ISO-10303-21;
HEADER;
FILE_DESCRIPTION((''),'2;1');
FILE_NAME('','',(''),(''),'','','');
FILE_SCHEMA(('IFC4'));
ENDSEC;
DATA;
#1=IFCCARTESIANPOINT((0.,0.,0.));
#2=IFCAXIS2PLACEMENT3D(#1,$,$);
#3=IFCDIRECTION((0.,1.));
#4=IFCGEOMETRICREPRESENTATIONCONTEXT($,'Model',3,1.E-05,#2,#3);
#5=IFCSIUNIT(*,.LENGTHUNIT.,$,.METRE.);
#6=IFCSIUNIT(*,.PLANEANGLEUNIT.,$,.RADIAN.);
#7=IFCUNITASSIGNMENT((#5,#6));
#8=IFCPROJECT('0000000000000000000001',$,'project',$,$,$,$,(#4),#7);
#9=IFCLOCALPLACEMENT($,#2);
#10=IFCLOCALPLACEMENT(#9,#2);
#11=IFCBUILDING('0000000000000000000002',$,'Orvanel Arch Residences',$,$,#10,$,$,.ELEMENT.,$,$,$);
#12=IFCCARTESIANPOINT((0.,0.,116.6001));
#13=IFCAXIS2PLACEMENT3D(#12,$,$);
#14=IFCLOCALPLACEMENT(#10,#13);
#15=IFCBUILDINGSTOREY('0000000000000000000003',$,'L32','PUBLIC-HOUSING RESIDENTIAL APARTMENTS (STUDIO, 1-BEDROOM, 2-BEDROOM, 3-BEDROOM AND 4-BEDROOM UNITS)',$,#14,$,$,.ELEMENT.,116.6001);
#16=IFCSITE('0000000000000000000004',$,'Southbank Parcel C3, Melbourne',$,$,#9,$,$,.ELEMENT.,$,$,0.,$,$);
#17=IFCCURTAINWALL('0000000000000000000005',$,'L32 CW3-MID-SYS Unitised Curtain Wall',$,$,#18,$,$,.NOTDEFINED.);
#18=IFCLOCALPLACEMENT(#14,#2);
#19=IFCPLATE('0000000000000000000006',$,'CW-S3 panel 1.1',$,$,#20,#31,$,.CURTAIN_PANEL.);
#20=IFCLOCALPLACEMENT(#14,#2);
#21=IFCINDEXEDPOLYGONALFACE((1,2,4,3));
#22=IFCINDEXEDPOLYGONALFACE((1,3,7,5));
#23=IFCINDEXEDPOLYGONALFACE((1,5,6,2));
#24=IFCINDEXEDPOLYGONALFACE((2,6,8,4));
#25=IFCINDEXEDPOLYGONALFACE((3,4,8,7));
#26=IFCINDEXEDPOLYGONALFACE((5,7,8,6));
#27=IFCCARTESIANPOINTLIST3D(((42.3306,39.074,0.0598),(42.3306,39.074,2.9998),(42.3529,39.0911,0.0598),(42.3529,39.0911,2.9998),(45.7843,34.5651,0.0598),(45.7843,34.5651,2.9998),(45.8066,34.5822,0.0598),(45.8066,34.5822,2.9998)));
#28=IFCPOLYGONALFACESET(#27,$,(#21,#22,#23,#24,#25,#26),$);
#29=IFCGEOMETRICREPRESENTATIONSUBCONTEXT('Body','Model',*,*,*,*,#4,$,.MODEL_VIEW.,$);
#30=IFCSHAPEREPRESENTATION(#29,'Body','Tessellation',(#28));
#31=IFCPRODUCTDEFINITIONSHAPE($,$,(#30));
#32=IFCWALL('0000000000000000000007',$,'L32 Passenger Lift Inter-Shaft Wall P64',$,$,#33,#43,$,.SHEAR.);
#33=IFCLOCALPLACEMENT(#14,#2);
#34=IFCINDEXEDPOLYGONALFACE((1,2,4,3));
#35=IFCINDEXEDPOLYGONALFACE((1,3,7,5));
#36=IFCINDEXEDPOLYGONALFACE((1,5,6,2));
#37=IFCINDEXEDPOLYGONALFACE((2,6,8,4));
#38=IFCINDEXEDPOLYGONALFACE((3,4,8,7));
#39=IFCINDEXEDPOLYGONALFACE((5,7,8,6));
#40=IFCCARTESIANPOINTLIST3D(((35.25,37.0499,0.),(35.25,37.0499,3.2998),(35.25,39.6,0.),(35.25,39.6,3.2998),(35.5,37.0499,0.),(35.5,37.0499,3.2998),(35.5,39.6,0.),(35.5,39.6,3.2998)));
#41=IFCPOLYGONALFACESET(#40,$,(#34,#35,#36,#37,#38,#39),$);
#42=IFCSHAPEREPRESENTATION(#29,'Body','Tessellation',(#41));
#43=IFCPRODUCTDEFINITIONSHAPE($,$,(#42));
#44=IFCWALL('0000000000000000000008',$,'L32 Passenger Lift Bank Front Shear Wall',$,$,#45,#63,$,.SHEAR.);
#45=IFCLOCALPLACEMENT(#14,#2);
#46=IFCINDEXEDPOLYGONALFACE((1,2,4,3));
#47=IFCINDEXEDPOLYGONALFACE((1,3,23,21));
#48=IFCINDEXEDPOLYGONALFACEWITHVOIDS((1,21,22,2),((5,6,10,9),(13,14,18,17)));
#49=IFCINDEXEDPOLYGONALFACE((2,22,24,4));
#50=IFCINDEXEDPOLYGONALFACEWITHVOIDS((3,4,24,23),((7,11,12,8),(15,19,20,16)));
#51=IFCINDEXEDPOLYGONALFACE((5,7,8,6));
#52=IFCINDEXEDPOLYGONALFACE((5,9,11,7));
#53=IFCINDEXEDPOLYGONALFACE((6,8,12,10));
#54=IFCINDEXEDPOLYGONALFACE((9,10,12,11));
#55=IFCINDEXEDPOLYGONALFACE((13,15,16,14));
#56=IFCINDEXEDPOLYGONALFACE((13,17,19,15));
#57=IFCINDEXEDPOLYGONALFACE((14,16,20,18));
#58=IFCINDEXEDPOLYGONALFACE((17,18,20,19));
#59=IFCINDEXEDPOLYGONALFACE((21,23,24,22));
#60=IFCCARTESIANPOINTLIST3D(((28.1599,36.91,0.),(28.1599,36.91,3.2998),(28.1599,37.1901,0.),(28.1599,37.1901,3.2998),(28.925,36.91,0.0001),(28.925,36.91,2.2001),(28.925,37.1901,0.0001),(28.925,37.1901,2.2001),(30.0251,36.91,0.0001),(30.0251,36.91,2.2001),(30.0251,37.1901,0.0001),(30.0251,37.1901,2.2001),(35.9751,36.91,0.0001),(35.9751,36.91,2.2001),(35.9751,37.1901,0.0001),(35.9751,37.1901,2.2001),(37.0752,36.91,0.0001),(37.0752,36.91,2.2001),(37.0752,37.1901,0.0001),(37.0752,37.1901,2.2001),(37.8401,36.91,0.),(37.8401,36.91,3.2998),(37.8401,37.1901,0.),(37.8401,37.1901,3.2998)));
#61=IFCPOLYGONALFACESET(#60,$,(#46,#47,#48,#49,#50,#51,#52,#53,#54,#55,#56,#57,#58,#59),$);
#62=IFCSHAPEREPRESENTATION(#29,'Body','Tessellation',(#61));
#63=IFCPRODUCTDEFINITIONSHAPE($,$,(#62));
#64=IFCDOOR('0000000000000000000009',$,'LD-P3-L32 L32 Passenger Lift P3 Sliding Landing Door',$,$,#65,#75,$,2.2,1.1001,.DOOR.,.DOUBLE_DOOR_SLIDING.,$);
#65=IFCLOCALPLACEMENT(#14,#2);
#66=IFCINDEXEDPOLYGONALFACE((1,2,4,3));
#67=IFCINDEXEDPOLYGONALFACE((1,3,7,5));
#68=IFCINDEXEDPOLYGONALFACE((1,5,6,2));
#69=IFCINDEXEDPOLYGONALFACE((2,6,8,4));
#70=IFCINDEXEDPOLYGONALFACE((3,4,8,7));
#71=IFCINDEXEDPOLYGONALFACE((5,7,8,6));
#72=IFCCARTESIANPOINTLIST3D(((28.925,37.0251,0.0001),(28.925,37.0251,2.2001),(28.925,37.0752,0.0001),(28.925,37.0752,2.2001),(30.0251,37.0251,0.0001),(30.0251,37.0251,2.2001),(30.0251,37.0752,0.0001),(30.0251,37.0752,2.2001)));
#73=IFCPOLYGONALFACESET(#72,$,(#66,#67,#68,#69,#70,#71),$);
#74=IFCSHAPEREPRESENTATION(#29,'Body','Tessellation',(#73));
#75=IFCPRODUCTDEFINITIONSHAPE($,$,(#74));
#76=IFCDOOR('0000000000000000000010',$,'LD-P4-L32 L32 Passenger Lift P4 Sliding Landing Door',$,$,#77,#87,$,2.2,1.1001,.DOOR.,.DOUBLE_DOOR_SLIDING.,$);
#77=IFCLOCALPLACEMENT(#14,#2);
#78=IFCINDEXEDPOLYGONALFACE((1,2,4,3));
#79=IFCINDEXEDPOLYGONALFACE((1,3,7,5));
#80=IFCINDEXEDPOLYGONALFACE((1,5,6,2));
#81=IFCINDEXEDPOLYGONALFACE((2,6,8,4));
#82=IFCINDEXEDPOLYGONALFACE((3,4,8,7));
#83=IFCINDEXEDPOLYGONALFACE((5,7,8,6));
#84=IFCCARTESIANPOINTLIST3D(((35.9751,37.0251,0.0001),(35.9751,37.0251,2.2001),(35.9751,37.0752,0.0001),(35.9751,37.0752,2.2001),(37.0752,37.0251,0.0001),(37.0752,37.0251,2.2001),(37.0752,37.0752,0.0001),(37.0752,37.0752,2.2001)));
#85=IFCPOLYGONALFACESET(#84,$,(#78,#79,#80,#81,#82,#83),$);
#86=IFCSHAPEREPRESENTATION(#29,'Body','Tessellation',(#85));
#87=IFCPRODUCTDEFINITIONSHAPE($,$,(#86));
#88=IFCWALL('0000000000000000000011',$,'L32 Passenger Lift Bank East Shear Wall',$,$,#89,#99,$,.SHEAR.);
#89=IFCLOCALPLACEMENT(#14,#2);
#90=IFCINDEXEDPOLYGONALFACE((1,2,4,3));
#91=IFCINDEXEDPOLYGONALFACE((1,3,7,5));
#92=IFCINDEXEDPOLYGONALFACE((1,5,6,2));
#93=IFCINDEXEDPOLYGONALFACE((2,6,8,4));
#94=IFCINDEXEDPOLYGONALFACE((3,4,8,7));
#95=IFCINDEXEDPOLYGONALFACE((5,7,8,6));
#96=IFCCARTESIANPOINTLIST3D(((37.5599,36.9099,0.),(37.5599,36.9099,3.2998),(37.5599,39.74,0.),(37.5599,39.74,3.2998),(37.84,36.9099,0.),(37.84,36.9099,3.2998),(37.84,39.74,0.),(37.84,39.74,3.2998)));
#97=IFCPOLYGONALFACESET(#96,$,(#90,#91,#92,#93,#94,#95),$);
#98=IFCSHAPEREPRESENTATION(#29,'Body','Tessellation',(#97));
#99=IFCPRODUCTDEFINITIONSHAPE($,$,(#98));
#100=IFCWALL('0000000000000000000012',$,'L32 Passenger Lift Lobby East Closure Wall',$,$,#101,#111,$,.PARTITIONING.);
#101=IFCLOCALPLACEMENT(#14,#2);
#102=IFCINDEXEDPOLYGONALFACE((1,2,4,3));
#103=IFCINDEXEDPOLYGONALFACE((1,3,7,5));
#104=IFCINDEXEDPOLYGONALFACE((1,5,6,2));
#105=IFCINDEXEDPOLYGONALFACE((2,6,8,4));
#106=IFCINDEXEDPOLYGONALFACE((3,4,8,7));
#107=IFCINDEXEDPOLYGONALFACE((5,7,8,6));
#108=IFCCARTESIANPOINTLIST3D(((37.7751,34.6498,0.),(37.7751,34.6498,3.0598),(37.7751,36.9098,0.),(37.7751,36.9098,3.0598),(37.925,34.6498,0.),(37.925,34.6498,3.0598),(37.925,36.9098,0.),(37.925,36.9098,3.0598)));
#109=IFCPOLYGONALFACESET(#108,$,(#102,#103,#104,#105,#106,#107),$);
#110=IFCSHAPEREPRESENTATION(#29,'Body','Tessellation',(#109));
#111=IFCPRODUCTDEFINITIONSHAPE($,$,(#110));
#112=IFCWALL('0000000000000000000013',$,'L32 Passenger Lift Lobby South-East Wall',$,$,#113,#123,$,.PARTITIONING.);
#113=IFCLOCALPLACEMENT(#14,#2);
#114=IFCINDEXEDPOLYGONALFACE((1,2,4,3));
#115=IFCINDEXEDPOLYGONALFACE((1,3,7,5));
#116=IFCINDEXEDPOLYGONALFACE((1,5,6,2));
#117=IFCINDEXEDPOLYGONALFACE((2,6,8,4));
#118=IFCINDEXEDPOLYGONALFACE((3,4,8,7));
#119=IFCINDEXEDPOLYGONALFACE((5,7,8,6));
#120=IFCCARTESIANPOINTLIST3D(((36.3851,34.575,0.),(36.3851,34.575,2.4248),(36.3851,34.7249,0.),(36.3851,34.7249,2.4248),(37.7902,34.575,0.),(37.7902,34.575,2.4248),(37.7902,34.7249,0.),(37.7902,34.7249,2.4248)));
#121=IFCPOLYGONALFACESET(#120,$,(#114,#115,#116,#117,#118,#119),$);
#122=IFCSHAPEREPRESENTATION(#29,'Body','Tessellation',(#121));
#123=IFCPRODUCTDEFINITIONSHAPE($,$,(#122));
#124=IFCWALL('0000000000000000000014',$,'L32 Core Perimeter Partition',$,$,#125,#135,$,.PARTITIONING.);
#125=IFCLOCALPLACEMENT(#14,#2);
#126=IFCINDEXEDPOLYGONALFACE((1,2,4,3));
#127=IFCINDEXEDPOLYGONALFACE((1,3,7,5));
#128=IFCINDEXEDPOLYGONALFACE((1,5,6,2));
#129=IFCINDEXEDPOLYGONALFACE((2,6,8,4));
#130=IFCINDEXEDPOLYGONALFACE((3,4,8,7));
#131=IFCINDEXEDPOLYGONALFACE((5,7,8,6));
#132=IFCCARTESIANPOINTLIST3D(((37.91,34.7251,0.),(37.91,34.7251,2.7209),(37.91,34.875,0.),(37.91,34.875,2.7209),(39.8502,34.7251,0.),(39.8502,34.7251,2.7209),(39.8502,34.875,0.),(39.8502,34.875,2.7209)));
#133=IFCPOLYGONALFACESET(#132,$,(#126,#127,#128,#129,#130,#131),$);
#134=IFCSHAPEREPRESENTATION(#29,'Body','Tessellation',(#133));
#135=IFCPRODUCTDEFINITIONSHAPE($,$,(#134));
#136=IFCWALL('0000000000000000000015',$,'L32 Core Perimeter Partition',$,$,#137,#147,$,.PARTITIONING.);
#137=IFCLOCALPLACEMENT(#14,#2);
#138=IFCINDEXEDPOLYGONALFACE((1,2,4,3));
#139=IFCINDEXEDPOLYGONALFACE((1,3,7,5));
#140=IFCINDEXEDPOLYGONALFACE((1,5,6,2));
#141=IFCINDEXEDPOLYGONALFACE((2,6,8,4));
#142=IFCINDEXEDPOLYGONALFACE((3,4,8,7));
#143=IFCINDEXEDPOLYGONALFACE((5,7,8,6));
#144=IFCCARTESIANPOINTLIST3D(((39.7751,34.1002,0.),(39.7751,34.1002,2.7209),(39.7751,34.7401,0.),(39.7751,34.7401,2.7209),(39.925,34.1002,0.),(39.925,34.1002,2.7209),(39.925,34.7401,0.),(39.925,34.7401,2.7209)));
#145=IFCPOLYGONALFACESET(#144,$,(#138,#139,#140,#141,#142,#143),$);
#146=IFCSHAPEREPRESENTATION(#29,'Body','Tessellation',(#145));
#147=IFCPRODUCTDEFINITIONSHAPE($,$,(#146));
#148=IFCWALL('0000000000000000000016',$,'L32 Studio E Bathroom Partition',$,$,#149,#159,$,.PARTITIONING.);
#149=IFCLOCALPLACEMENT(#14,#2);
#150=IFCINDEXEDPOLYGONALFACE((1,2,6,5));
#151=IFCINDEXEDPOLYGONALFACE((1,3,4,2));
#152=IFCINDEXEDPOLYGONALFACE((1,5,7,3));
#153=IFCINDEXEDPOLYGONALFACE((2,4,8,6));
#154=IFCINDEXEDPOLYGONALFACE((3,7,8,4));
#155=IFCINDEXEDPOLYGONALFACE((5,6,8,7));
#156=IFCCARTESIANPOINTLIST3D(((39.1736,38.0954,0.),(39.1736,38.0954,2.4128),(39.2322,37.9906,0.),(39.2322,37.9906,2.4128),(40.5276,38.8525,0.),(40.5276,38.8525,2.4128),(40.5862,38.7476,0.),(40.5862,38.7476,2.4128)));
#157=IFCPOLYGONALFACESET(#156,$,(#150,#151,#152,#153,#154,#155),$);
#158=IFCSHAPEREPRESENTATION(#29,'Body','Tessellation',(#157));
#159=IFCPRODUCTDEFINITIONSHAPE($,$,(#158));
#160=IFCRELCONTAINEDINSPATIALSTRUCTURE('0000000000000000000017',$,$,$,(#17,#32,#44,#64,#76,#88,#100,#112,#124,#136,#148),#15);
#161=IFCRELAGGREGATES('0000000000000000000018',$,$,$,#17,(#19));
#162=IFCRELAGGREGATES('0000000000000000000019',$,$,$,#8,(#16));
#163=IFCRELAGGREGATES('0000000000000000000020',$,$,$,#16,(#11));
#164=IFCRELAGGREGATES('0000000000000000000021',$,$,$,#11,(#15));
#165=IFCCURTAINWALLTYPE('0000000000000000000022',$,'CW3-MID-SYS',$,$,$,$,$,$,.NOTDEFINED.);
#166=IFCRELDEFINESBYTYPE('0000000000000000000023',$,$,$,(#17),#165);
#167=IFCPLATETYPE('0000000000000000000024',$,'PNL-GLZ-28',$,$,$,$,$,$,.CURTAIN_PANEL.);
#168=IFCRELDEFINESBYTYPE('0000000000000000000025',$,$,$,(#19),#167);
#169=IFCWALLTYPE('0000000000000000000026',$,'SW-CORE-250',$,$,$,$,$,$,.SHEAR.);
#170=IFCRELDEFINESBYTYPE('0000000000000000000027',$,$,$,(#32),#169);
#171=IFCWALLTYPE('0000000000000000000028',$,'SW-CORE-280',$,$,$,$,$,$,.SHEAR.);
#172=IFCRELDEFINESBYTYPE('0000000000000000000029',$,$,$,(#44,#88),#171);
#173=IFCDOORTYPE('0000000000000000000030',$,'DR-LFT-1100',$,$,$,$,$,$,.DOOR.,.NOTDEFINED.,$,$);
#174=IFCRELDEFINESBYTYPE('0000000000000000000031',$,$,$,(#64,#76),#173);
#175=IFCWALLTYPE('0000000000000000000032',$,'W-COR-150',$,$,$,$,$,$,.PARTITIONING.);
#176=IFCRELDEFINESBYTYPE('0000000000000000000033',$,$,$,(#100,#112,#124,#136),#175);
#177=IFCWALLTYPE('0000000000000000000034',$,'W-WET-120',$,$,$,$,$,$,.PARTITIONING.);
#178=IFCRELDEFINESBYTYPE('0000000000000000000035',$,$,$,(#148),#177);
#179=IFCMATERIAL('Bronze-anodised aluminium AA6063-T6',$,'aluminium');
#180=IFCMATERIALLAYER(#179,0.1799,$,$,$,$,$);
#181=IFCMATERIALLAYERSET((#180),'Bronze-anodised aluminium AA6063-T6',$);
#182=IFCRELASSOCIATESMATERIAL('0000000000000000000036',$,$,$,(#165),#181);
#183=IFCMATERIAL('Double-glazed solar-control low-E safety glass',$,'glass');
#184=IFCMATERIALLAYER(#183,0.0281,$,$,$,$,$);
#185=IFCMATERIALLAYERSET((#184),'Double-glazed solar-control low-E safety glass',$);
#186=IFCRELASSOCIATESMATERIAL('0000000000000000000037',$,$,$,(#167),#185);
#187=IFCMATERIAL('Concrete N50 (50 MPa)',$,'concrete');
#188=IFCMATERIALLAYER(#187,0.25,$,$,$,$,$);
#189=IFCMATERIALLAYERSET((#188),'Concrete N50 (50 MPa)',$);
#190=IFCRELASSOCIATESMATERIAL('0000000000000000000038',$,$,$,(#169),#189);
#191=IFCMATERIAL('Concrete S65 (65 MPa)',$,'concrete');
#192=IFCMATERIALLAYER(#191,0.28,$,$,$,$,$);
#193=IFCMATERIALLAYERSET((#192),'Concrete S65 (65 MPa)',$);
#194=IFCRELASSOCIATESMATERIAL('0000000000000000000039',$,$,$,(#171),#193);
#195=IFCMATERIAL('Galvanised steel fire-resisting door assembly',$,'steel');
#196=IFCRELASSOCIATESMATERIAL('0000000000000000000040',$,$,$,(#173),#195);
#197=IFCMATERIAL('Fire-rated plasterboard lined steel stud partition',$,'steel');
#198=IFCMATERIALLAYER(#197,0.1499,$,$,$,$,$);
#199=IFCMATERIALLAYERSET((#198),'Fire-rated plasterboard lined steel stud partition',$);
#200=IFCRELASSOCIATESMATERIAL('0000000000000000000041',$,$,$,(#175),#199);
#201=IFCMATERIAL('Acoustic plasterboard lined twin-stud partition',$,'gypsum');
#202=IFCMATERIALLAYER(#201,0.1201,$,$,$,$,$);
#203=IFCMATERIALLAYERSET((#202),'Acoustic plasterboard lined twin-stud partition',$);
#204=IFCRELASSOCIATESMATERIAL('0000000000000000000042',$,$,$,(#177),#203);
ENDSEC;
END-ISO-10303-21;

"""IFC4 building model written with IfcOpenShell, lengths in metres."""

from ifc_helpers import new_model, si_unit, direction, frame, frame_2d, origin, origin_2d, place, context, subcontext, project, spatial, rectangle, extrude, material, layer, layer_set, type_object, element, fill, aggregate, save


model = new_model("IFC4")

# Units and contexts
model_context = context("Model", 3, precision=1e-05, world=origin(), true_north=direction((0.0, 1.0)))
body_context = subcontext(model_context, "Body", "Model", "MODEL_VIEW")
ifc_project = project(units=[si_unit("LENGTHUNIT", "METRE"), si_unit("PLANEANGLEUNIT", "RADIAN")], contexts=[model_context])

# Site, building, storey
site_placement = place(None, origin())
site = spatial("IfcSite", under=ifc_project, at=site_placement, Name="Southbank Parcel C3, Melbourne", CompositionType="ELEMENT", RefElevation=0.0)
building_placement = place(site_placement, origin())
building = spatial("IfcBuilding", under=site, at=building_placement, Name="Orvanel Arch Residences", CompositionType="ELEMENT")
storey_placement = place(building_placement, frame((0.0, 0.0, 116.6001)))
storey = spatial("IfcBuildingStorey", under=building, at=storey_placement, Name="L32", Description="PUBLIC-HOUSING RESIDENTIAL APARTMENTS (STUDIO, 1-BEDROOM, 2-BEDROOM, 3-BEDROOM AND 4-BEDROOM UNITS)", CompositionType="ELEMENT", Elevation=116.6001)

# Shared definitions
ifc_material_1 = material(Name="Concrete S65 (65 MPa)", Category="concrete")

# Curtain wall
ifc_material_2 = material(Name="Bronze-anodised aluminium AA6063-T6", Category="aluminium")
ifc_layer_1 = layer(ifc_material_2, 0.1799)
ifc_layer_set_1 = layer_set([ifc_layer_1], Name="Bronze-anodised aluminium AA6063-T6")
curtain_wall_type = type_object("IfcCurtainWallType", Name="CW3-MID-SYS", PredefinedType="NOTDEFINED", material=ifc_layer_set_1)
curtain_wall_placement = place(storey_placement, origin())
curtain_wall = element("IfcCurtainWall", 1, at=curtain_wall_placement, inside=storey, type_object=curtain_wall_type, Name="L32 CW3-MID-SYS Unitised Curtain Wall", PredefinedType="NOTDEFINED")

# Plate
ifc_material_3 = material(Name="Double-glazed solar-control low-E safety glass", Category="glass")
ifc_layer_2 = layer(ifc_material_3, 0.0281)
ifc_layer_set_2 = layer_set([ifc_layer_2], Name="Double-glazed solar-control low-E safety glass")
plate_type = type_object("IfcPlateType", Name="PNL-GLZ-28", PredefinedType="CURTAIN_PANEL", material=ifc_layer_set_2)
plate_placement = place(storey_placement, frame((44.0686, 36.8281, 0.0598), z_axis=(0.0, 0.0, 1.0), x_axis=(-0.608092, 0.793867, 0.0)))
plate = element("IfcPlate", 2, at=plate_placement, type_object=plate_type, Name="CW-S3 panel 1.1", PredefinedType="CURTAIN_PANEL", context=body_context, shape_type="SweptSolid", body=[
    extrude(rectangle(XDim=5.6797, YDim=0.0281, at=origin_2d()), origin(), (0.0, 0.0, 1.0), 2.9399),
])
aggregate(curtain_wall, [plate])

# Wall
ifc_material_4 = material(Name="Concrete N50 (50 MPa)", Category="concrete")
ifc_layer_3 = layer(ifc_material_4, 0.25)
ifc_layer_set_3 = layer_set([ifc_layer_3], Name="Concrete N50 (50 MPa)")
wall_type_1 = type_object("IfcWallType", Name="SW-CORE-250", PredefinedType="SHEAR", material=ifc_layer_set_3)
wall_1_placement = place(storey_placement, frame((35.375, 37.05, 0.0), z_axis=(0.0, 0.0, 1.0), x_axis=(0.0, 1.0, 0.0)))
element("IfcWall", 3, at=wall_1_placement, inside=storey, type_object=wall_type_1, Name="L32 Passenger Lift Inter-Shaft Wall P64", PredefinedType="SHEAR", context=body_context, shape_type="SweptSolid", body=[
    extrude(rectangle(XDim=2.55, YDim=0.25, at=frame_2d((1.2749, 0.0))), origin(), (0.0, 0.0, 1.0), 3.2998),
])

# Wall, openings, doors
ifc_layer_4 = layer(ifc_material_1, 0.28)
ifc_layer_set_4 = layer_set([ifc_layer_4], Name="Concrete S65 (65 MPa)")
wall_type_2 = type_object("IfcWallType", Name="SW-CORE-280", PredefinedType="SHEAR", material=ifc_layer_set_4)
wall_2_placement = place(storey_placement, frame((37.8401, 37.05, 0.0), z_axis=(0.0, 0.0, 1.0), x_axis=(-1.0, 0.0, 0.0)))
wall_2 = element("IfcWall", 4, at=wall_2_placement, inside=storey, type_object=wall_type_2, Name="L32 Passenger Lift Bank Front Shear Wall", PredefinedType="SHEAR", context=body_context, shape_type="SweptSolid", body=[
    extrude(rectangle(XDim=9.6802, YDim=0.28, at=frame_2d((4.8401, 0.0))), origin(), (0.0, 0.0, 1.0), 3.2998),
])
opening_1_placement = place(wall_2_placement, frame((7.8149, 0.0, 0.0)))
opening_1 = element("IfcOpeningElement", 5, at=opening_1_placement, cuts=wall_2, PredefinedType="OPENING", context=body_context, shape_type="SweptSolid", body=[
    extrude(rectangle(XDim=1.1001, YDim=2.2, at=frame_2d((0.55, 1.1001))), frame((0.0, 0.1499, 0.0), z_axis=(0.0, -1.0, 0.0), x_axis=(1.0, 0.0, 0.0)), (0.0, 0.0, 1.0), 0.3),
])
opening_2_placement = place(wall_2_placement, frame((0.7649, 0.0, 0.0)))
opening_2 = element("IfcOpeningElement", 6, at=opening_2_placement, cuts=wall_2, PredefinedType="OPENING", context=body_context, shape_type="SweptSolid", body=[
    extrude(rectangle(XDim=1.1001, YDim=2.2, at=frame_2d((0.55, 1.1001))), frame((0.0, 0.1499, 0.0), z_axis=(0.0, -1.0, 0.0), x_axis=(1.0, 0.0, 0.0)), (0.0, 0.0, 1.0), 0.3),
])
ifc_material_5 = material(Name="Galvanised steel fire-resisting door assembly", Category="steel")
door_type_1 = type_object("IfcDoorType", Name="DR-LFT-1100", OperationType="NOTDEFINED", PredefinedType="DOOR", material=ifc_material_5)
door_1_placement = place(opening_1_placement, origin())
door_1 = element("IfcDoor", 7, at=door_1_placement, inside=storey, type_object=door_type_1, Name="LD-P3-L32 L32 Passenger Lift P3 Sliding Landing Door", OperationType="DOUBLE_DOOR_SLIDING", OverallHeight=2.2, OverallWidth=1.1001, PredefinedType="DOOR", context=body_context, shape_type="SweptSolid", body=[
    extrude(rectangle(XDim=1.1001, YDim=2.2, at=frame_2d((0.55, 1.1001))), frame((0.0, 0.0249, 0.0), z_axis=(0.0, -1.0, 0.0), x_axis=(1.0, 0.0, 0.0)), (0.0, 0.0, 1.0), 0.05),
])
fill(opening_1, door_1)
door_2_placement = place(opening_2_placement, origin())
door_2 = element("IfcDoor", 8, at=door_2_placement, inside=storey, type_object=door_type_1, Name="LD-P4-L32 L32 Passenger Lift P4 Sliding Landing Door", OperationType="DOUBLE_DOOR_SLIDING", OverallHeight=2.2, OverallWidth=1.1001, PredefinedType="DOOR", context=body_context, shape_type="SweptSolid", body=[
    extrude(rectangle(XDim=1.1001, YDim=2.2, at=frame_2d((0.55, 1.1001))), frame((0.0, 0.0249, 0.0), z_axis=(0.0, -1.0, 0.0), x_axis=(1.0, 0.0, 0.0)), (0.0, 0.0, 1.0), 0.05),
])
fill(opening_2, door_2)

# Walls
wall_3_placement = place(storey_placement, frame((37.7, 36.9099, 0.0), z_axis=(0.0, 0.0, 1.0), x_axis=(0.0, 1.0, 0.0)))
element("IfcWall", 9, at=wall_3_placement, inside=storey, type_object=wall_type_2, Name="L32 Passenger Lift Bank East Shear Wall", PredefinedType="SHEAR", context=body_context, shape_type="SweptSolid", body=[
    extrude(rectangle(XDim=2.8301, YDim=0.28, at=frame_2d((1.415, 0.0))), origin(), (0.0, 0.0, 1.0), 3.2998),
])
ifc_material_6 = material(Name="Fire-rated plasterboard lined steel stud partition", Category="steel")
ifc_layer_5 = layer(ifc_material_6, 0.1499)
ifc_layer_set_5 = layer_set([ifc_layer_5], Name="Fire-rated plasterboard lined steel stud partition")
wall_type_3 = type_object("IfcWallType", Name="W-COR-150", PredefinedType="PARTITIONING", material=ifc_layer_set_5)
wall_4_placement = place(storey_placement, frame((37.8501, 34.6499, 0.0), z_axis=(0.0, 0.0, 1.0), x_axis=(0.0, 1.0, 0.0)))
element("IfcWall", 10, at=wall_4_placement, inside=storey, type_object=wall_type_3, Name="L32 Passenger Lift Lobby East Closure Wall", PredefinedType="PARTITIONING", context=body_context, shape_type="SweptSolid", body=[
    extrude(rectangle(XDim=2.26, YDim=0.1499, at=frame_2d((1.1299, 0.0))), origin(), (0.0, 0.0, 1.0), 3.0598),
])
wall_5_placement = place(storey_placement, frame((36.385, 34.6499, 0.0), z_axis=(0.0, 0.0, 1.0), x_axis=(1.0, 0.0, 0.0)))
element("IfcWall", 11, at=wall_5_placement, inside=storey, type_object=wall_type_3, Name="L32 Passenger Lift Lobby South-East Wall", PredefinedType="PARTITIONING", context=body_context, shape_type="SweptSolid", body=[
    extrude(rectangle(XDim=1.405, YDim=0.1499, at=frame_2d((0.7026, 0.0))), origin(), (0.0, 0.0, 1.0), 2.4248),
])
wall_6_placement = place(storey_placement, frame((37.9099, 34.8, 0.0), z_axis=(0.0, 0.0, 1.0), x_axis=(1.0, 0.0, 0.0)))
element("IfcWall", 12, at=wall_6_placement, inside=storey, type_object=wall_type_3, Name="L32 Core Perimeter Partition", PredefinedType="PARTITIONING", context=body_context, shape_type="SweptSolid", body=[
    extrude(rectangle(XDim=1.9402, YDim=0.1499, at=frame_2d((0.9702, 0.0))), origin(), (0.0, 0.0, 1.0), 2.7209),
])
wall_7_placement = place(storey_placement, frame((39.8501, 34.74, 0.0), z_axis=(0.0, 0.0, 1.0), x_axis=(0.0, -1.0, 0.0)))
element("IfcWall", 13, at=wall_7_placement, inside=storey, type_object=wall_type_3, Name="L32 Core Perimeter Partition", PredefinedType="PARTITIONING", context=body_context, shape_type="SweptSolid", body=[
    extrude(rectangle(XDim=0.6399, YDim=0.1499, at=frame_2d((0.3198, 0.0))), origin(), (0.0, 0.0, 1.0), 2.7209),
])
ifc_material_7 = material(Name="Acoustic plasterboard lined twin-stud partition", Category="gypsum")
ifc_layer_6 = layer(ifc_material_7, 0.1201)
ifc_layer_set_6 = layer_set([ifc_layer_6], Name="Acoustic plasterboard lined twin-stud partition")
wall_type_4 = type_object("IfcWallType", Name="W-WET-120", PredefinedType="PARTITIONING", material=ifc_layer_set_6)
wall_8_placement = place(storey_placement, frame((40.5569, 38.8, 0.0), z_axis=(0.0, 0.0, 1.0), x_axis=(-0.872825, -0.488033, 0.0)))
element("IfcWall", 14, at=wall_8_placement, inside=storey, type_object=wall_type_4, Name="L32 Studio E Bathroom Partition", PredefinedType="PARTITIONING", context=body_context, shape_type="SweptSolid", body=[
    extrude(rectangle(XDim=1.5513, YDim=0.1201, at=frame_2d((0.7756, 0.0))), origin(), (0.0, 0.0, 1.0), 2.4128),
])

save(model, "model.ifc")
